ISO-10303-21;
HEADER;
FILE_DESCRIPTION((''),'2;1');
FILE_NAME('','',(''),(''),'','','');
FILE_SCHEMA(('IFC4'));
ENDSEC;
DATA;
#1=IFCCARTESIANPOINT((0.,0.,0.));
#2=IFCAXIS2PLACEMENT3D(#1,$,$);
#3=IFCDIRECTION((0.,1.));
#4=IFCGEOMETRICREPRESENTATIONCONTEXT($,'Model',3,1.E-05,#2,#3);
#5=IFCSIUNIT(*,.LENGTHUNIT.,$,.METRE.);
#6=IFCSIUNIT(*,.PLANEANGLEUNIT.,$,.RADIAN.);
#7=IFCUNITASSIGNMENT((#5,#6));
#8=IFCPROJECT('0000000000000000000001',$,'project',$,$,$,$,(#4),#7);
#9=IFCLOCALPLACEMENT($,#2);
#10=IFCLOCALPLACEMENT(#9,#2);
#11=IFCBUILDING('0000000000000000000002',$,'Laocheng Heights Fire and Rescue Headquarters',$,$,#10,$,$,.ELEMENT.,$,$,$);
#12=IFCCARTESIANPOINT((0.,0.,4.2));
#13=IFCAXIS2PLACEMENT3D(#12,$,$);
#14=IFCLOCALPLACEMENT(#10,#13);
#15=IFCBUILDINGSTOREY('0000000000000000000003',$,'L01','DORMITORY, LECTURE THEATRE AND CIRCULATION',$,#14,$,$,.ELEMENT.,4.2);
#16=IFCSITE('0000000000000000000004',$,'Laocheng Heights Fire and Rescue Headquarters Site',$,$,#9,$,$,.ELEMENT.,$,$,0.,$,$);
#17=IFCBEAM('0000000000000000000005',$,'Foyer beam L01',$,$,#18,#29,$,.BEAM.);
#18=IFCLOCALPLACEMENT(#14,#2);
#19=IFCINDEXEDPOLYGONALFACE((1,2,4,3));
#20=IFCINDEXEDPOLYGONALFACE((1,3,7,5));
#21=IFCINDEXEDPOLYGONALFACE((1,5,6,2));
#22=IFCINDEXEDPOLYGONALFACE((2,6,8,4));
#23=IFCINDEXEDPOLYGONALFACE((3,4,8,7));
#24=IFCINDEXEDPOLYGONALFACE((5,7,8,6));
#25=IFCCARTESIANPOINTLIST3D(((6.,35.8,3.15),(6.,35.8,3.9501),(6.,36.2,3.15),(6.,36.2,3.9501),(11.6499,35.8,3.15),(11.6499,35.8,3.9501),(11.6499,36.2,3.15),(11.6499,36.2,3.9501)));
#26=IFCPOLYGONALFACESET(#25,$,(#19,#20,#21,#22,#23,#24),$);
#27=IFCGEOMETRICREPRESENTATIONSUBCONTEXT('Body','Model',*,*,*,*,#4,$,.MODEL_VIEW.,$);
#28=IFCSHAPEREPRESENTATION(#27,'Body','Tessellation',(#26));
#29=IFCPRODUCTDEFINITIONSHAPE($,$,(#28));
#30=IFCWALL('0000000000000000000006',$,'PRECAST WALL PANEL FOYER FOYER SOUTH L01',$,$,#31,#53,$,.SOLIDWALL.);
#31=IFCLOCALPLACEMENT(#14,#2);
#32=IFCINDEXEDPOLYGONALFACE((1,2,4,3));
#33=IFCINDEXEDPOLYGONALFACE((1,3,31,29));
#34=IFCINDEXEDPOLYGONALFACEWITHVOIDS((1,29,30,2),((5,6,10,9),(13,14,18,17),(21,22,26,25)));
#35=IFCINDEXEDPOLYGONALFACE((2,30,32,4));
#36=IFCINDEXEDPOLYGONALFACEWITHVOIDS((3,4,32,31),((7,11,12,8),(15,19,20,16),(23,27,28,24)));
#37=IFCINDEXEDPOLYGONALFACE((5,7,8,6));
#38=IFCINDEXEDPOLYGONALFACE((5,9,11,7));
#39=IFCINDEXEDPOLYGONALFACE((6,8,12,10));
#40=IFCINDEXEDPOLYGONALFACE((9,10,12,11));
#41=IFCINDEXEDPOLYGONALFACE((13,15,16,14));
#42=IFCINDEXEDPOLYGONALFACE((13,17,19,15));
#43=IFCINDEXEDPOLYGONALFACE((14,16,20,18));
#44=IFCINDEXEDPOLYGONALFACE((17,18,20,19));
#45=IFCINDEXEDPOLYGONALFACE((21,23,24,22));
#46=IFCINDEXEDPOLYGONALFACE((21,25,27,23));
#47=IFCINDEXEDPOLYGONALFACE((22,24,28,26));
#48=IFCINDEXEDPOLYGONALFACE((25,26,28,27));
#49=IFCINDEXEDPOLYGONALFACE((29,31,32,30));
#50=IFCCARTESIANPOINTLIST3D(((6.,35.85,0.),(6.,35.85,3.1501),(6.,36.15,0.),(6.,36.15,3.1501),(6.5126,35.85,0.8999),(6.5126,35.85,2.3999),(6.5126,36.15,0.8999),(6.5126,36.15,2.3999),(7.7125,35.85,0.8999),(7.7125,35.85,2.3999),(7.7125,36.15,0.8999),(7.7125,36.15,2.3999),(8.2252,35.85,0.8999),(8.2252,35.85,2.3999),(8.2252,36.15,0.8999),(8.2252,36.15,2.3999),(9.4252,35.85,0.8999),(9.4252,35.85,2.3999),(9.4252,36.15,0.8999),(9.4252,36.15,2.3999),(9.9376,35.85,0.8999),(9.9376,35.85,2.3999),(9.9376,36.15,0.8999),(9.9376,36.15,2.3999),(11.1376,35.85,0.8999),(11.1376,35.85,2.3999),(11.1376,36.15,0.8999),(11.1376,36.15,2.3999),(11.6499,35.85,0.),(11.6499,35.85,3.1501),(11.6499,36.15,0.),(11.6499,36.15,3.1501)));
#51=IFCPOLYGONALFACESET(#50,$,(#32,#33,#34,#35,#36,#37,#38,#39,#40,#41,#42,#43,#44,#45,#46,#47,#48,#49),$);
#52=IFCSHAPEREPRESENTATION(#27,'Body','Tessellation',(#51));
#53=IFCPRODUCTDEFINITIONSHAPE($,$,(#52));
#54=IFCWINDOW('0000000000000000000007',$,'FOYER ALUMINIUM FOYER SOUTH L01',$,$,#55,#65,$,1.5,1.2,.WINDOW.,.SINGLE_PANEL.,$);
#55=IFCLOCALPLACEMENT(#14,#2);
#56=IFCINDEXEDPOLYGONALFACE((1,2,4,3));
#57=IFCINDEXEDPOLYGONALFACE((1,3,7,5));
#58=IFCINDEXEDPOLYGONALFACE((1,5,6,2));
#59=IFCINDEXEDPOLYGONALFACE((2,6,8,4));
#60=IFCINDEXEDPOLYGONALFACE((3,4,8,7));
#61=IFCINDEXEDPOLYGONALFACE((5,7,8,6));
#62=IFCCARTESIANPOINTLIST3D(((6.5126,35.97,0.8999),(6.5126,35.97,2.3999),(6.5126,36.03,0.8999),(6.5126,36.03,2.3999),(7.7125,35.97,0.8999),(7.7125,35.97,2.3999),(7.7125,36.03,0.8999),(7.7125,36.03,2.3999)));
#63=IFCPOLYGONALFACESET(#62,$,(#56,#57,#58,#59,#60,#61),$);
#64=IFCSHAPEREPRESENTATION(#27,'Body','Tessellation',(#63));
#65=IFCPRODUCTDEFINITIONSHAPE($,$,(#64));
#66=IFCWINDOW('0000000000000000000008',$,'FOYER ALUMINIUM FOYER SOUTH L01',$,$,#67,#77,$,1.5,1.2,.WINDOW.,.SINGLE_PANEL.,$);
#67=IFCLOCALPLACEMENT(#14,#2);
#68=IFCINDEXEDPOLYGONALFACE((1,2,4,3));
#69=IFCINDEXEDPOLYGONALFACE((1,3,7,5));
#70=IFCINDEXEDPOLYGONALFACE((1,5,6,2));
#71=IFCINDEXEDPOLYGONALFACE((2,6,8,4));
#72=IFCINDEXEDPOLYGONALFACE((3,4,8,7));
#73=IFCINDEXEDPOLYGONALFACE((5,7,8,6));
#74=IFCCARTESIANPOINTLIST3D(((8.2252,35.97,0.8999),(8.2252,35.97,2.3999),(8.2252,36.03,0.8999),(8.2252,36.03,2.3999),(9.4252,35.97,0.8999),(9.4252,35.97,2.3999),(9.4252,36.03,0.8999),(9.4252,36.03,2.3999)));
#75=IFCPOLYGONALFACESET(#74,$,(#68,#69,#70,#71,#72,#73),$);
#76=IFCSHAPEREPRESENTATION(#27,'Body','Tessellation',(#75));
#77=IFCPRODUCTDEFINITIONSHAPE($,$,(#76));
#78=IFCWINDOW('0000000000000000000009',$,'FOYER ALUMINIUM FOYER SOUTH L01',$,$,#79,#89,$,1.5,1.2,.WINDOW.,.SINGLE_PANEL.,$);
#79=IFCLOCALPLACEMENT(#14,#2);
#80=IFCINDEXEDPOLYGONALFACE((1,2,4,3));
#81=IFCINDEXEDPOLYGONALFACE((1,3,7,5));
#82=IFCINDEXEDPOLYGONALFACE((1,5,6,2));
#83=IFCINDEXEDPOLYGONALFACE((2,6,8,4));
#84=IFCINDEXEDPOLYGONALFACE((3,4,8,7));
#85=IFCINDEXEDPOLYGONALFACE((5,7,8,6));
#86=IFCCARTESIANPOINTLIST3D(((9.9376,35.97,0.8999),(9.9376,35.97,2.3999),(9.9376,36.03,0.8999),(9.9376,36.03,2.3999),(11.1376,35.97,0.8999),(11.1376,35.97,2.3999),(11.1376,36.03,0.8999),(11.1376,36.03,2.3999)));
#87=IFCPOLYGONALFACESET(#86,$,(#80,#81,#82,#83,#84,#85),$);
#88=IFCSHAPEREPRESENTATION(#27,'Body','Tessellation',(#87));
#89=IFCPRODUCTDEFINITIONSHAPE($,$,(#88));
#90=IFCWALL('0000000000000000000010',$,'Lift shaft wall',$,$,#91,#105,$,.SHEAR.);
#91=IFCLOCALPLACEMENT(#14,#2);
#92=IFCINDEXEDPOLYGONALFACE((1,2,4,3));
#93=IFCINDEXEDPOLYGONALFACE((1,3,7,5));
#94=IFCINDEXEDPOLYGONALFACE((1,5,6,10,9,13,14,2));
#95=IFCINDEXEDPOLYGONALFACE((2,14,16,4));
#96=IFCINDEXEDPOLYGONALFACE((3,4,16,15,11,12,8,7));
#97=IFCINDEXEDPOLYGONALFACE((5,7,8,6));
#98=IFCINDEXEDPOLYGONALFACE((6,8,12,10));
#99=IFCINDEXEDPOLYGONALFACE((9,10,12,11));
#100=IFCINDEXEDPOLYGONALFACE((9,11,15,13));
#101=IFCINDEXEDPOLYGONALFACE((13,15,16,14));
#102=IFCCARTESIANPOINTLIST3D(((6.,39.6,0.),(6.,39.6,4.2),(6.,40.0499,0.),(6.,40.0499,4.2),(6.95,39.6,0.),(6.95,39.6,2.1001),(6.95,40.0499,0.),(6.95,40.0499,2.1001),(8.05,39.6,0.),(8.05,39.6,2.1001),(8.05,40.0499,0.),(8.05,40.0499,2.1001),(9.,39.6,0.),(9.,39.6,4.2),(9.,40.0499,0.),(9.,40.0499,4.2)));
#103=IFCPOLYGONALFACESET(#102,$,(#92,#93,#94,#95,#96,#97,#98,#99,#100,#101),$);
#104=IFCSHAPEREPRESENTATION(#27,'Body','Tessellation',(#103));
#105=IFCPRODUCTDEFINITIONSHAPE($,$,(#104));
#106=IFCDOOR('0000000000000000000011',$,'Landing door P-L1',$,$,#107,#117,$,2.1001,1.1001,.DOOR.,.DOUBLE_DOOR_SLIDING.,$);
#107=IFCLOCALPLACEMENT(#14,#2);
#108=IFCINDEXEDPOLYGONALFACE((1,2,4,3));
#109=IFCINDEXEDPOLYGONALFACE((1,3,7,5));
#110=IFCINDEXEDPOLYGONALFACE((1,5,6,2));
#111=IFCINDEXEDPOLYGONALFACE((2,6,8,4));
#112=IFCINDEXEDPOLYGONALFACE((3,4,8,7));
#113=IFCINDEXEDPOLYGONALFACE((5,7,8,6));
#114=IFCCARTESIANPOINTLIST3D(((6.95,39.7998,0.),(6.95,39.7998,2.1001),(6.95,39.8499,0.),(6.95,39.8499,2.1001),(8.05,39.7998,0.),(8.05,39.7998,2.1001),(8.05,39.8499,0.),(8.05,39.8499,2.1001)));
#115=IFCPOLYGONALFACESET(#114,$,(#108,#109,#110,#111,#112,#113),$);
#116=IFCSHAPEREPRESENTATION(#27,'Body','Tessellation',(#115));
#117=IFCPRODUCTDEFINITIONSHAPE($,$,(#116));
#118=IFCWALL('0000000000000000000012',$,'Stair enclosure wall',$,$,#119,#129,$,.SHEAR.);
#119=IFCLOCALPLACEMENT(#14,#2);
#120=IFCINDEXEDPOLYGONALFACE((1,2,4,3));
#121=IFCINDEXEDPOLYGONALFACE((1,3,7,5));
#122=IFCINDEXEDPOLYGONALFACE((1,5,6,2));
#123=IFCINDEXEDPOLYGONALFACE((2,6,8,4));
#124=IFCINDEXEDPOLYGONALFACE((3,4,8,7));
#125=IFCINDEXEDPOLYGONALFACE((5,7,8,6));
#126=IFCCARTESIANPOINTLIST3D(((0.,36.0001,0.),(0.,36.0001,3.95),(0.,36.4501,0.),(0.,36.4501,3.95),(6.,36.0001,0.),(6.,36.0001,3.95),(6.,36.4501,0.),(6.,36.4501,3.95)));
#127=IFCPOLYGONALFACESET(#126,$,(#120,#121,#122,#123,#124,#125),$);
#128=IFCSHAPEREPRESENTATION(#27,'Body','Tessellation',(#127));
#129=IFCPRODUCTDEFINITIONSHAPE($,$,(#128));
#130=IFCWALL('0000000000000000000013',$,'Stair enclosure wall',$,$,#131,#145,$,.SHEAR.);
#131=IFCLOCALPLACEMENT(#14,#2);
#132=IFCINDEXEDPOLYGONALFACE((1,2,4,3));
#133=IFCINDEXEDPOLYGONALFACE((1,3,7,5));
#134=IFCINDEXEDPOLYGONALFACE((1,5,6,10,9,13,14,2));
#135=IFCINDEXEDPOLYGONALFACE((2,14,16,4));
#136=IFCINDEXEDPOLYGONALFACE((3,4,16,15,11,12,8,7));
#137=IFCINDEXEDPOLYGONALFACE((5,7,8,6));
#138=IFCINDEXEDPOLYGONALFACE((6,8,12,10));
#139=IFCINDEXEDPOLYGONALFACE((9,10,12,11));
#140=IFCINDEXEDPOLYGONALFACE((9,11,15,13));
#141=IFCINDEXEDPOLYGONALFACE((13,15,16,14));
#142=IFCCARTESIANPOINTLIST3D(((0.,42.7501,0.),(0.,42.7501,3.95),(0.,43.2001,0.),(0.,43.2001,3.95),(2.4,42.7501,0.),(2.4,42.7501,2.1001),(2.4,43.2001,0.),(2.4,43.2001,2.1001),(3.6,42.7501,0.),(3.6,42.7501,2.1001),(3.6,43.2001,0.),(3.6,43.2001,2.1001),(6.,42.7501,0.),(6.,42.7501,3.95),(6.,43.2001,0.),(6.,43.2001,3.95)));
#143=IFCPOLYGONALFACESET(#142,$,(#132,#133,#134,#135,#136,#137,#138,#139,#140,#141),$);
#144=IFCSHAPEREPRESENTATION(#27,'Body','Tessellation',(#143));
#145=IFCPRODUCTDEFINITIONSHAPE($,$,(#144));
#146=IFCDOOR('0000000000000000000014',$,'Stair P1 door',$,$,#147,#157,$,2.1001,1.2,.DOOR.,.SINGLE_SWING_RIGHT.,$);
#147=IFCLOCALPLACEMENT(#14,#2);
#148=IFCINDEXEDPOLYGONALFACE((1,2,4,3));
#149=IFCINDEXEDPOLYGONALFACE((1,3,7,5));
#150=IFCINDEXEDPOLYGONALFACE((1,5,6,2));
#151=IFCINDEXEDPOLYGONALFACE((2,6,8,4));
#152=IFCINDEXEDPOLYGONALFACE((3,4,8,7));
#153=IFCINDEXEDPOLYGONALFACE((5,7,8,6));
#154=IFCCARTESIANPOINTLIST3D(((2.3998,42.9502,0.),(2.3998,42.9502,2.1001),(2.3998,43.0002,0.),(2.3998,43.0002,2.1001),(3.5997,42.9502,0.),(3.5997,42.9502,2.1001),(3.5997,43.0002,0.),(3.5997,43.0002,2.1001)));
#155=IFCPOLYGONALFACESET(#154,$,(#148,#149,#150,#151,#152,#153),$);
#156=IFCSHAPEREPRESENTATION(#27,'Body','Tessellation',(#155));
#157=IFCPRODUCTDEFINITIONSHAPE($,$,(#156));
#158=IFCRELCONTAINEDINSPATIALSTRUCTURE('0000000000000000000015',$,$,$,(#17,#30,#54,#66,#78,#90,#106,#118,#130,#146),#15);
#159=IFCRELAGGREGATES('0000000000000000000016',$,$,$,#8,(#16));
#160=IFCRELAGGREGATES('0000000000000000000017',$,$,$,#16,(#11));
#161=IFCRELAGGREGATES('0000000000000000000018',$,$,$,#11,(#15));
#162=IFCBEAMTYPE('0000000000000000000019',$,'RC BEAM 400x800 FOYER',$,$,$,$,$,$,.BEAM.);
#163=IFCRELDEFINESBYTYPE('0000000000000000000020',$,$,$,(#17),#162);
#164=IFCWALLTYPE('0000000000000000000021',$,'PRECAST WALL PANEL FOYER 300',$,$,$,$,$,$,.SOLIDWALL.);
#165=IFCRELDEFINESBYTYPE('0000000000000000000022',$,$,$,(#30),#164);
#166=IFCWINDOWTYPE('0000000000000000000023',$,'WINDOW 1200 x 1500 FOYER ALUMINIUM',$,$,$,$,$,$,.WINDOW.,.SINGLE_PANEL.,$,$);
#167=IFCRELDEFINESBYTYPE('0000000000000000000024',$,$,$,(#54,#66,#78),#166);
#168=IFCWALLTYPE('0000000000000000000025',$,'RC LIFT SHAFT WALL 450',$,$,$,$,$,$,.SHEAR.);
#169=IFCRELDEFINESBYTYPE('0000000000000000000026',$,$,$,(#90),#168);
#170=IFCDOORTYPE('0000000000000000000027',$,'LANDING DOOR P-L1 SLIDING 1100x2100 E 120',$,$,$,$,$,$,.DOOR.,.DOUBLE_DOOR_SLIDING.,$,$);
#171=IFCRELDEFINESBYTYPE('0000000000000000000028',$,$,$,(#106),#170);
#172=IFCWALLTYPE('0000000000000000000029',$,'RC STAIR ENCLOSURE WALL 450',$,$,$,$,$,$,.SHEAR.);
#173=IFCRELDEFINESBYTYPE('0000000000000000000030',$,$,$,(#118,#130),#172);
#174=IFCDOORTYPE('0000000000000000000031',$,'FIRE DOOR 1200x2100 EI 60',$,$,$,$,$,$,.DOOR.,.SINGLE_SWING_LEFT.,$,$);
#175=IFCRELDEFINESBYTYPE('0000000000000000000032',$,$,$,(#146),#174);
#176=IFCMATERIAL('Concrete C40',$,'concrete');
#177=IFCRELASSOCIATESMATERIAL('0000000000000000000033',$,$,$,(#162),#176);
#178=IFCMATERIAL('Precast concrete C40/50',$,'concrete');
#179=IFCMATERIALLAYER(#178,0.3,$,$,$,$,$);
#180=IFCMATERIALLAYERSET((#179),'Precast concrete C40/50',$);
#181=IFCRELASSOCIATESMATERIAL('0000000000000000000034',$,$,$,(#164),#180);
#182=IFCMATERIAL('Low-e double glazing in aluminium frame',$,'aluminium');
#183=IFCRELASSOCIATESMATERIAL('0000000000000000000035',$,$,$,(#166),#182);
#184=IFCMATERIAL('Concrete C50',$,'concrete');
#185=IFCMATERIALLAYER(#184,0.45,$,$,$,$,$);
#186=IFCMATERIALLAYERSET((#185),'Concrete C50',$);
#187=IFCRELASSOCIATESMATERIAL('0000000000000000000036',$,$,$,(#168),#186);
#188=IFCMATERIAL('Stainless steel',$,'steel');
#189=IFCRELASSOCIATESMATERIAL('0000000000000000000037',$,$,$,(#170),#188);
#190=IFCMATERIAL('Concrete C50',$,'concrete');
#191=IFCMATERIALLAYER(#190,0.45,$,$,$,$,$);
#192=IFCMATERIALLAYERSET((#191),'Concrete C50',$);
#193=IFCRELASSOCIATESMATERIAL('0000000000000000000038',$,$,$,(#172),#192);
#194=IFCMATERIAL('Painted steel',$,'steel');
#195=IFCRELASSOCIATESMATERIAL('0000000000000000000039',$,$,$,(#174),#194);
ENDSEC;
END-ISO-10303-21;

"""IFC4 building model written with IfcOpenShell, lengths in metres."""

from ifc_helpers import new_model, si_unit, direction, frame, frame_2d, origin, origin_2d, place, context, subcontext, project, spatial, rectangle, extrude, material, layer, layer_set, material_profile, profile_set, type_object, element, fill, save


model = new_model("IFC4")

# Units and contexts
model_context = context("Model", 3, precision=1e-05, world=origin(), true_north=direction((0.0, 1.0)))
body_context = subcontext(model_context, "Body", "Model", "MODEL_VIEW")
ifc_project = project(units=[si_unit("LENGTHUNIT", "METRE"), si_unit("PLANEANGLEUNIT", "RADIAN")], contexts=[model_context])

# Site, building, storey
site_placement = place(None, origin())
site = spatial("IfcSite", under=ifc_project, at=site_placement, Name="Laocheng Heights Fire and Rescue Headquarters Site", CompositionType="ELEMENT", RefElevation=0.0)
building_placement = place(site_placement, origin())
building = spatial("IfcBuilding", under=site, at=building_placement, Name="Laocheng Heights Fire and Rescue Headquarters", CompositionType="ELEMENT")
storey_placement = place(building_placement, frame((0.0, 0.0, 4.2)))
storey = spatial("IfcBuildingStorey", under=building, at=storey_placement, Name="L01", Description="DORMITORY, LECTURE THEATRE AND CIRCULATION", CompositionType="ELEMENT", Elevation=4.2)

# Beam
ifc_material_1 = material(Name="Concrete C40", Category="concrete")
ifc_material_profile_1 = material_profile(ifc_material_1, rectangle(XDim=0.3999, YDim=0.8, at=origin_2d()), Name="RC BEAM 400x800 FOYER")
ifc_profile_set_1 = profile_set([ifc_material_profile_1], Name="Concrete C40")
beam_type = type_object("IfcBeamType", Name="RC BEAM 400x800 FOYER", PredefinedType="BEAM", material=ifc_profile_set_1)
beam_placement = place(storey_placement, frame((6.0, 36.0, 3.55), z_axis=(1.0, 0.0, 0.0), x_axis=(0.0, 1.0, 0.0)))
element("IfcBeam", 1, at=beam_placement, inside=storey, type_object=beam_type, Name="Foyer beam L01", PredefinedType="BEAM", context=body_context, shape_type="SweptSolid", body=[
    extrude(rectangle(XDim=0.3999, YDim=0.8, at=origin_2d()), origin(), (0.0, 0.0, 1.0), 5.6499),
])

# Wall, openings, windows
ifc_material_2 = material(Name="Precast concrete C40/50", Category="concrete")
ifc_layer_1 = layer(ifc_material_2, 0.3)
ifc_layer_set_1 = layer_set([ifc_layer_1], Name="Precast concrete C40/50")
wall_type_1 = type_object("IfcWallType", Name="PRECAST WALL PANEL FOYER 300", PredefinedType="SOLIDWALL", material=ifc_layer_set_1)
wall_1_placement = place(storey_placement, frame((6.0, 36.0, 0.0), z_axis=(0.0, 0.0, 1.0), x_axis=(1.0, 0.0, 0.0)))
wall_1 = element("IfcWall", 2, at=wall_1_placement, inside=storey, type_object=wall_type_1, Name="PRECAST WALL PANEL FOYER FOYER SOUTH L01", PredefinedType="SOLIDWALL", context=body_context, shape_type="SweptSolid", body=[
    extrude(rectangle(XDim=5.6499, YDim=0.3, at=frame_2d((2.825, 0.0))), origin(), (0.0, 0.0, 1.0), 3.1501),
])
opening_1_placement = place(wall_1_placement, frame((0.5125, 0.0, 0.8999)))
opening_1 = element("IfcOpeningElement", 3, at=opening_1_placement, cuts=wall_1, PredefinedType="OPENING", context=body_context, shape_type="SweptSolid", body=[
    extrude(rectangle(XDim=1.2, YDim=1.5, at=frame_2d((0.6001, 0.75))), frame((0.0, 0.1599, 0.0), z_axis=(0.0, -1.0, 0.0), x_axis=(1.0, 0.0, 0.0)), (0.0, 0.0, 1.0), 0.3201),
])
opening_2_placement = place(wall_1_placement, frame((2.2251, 0.0, 0.8999)))
opening_2 = element("IfcOpeningElement", 4, at=opening_2_placement, cuts=wall_1, PredefinedType="OPENING", context=body_context, shape_type="SweptSolid", body=[
    extrude(rectangle(XDim=1.2, YDim=1.5, at=frame_2d((0.6001, 0.75))), frame((0.0, 0.1599, 0.0), z_axis=(0.0, -1.0, 0.0), x_axis=(1.0, 0.0, 0.0)), (0.0, 0.0, 1.0), 0.3201),
])
opening_3_placement = place(wall_1_placement, frame((3.9375, 0.0, 0.8999)))
opening_3 = element("IfcOpeningElement", 5, at=opening_3_placement, cuts=wall_1, PredefinedType="OPENING", context=body_context, shape_type="SweptSolid", body=[
    extrude(rectangle(XDim=1.2, YDim=1.5, at=frame_2d((0.6001, 0.75))), frame((0.0, 0.1599, 0.0), z_axis=(0.0, -1.0, 0.0), x_axis=(1.0, 0.0, 0.0)), (0.0, 0.0, 1.0), 0.3201),
])
ifc_material_3 = material(Name="Low-e double glazing in aluminium frame", Category="aluminium")
window_type = type_object("IfcWindowType", Name="WINDOW 1200 x 1500 FOYER ALUMINIUM", PartitioningType="SINGLE_PANEL", PredefinedType="WINDOW", material=ifc_material_3)
window_1_placement = place(opening_1_placement, origin())
window_1 = element("IfcWindow", 6, at=window_1_placement, inside=storey, type_object=window_type, Name="FOYER ALUMINIUM FOYER SOUTH L01", OverallHeight=1.5, OverallWidth=1.2, PartitioningType="SINGLE_PANEL", PredefinedType="WINDOW", context=body_context, shape_type="SweptSolid", body=[
    extrude(rectangle(XDim=1.2, YDim=1.5, at=frame_2d((0.6001, 0.75))), frame((0.0, 0.03, 0.0), z_axis=(0.0, -1.0, 0.0), x_axis=(1.0, 0.0, 0.0)), (0.0, 0.0, 1.0), 0.0601),
])
fill(opening_1, window_1)
window_2_placement = place(opening_2_placement, origin())
window_2 = element("IfcWindow", 7, at=window_2_placement, inside=storey, type_object=window_type, Name="FOYER ALUMINIUM FOYER SOUTH L01", OverallHeight=1.5, OverallWidth=1.2, PartitioningType="SINGLE_PANEL", PredefinedType="WINDOW", context=body_context, shape_type="SweptSolid", body=[
    extrude(rectangle(XDim=1.2, YDim=1.5, at=frame_2d((0.6001, 0.75))), frame((0.0, 0.03, 0.0), z_axis=(0.0, -1.0, 0.0), x_axis=(1.0, 0.0, 0.0)), (0.0, 0.0, 1.0), 0.0601),
])
fill(opening_2, window_2)
window_3_placement = place(opening_3_placement, origin())
window_3 = element("IfcWindow", 8, at=window_3_placement, inside=storey, type_object=window_type, Name="FOYER ALUMINIUM FOYER SOUTH L01", OverallHeight=1.5, OverallWidth=1.2, PartitioningType="SINGLE_PANEL", PredefinedType="WINDOW", context=body_context, shape_type="SweptSolid", body=[
    extrude(rectangle(XDim=1.2, YDim=1.5, at=frame_2d((0.6001, 0.75))), frame((0.0, 0.03, 0.0), z_axis=(0.0, -1.0, 0.0), x_axis=(1.0, 0.0, 0.0)), (0.0, 0.0, 1.0), 0.0601),
])
fill(opening_3, window_3)

# Wall, opening, door
ifc_material_4 = material(Name="Concrete C50", Category="concrete")
ifc_layer_2 = layer(ifc_material_4, 0.45)
ifc_layer_set_2 = layer_set([ifc_layer_2], Name="Concrete C50")
wall_type_2 = type_object("IfcWallType", Name="RC LIFT SHAFT WALL 450", PredefinedType="SHEAR", material=ifc_layer_set_2)
wall_2_placement = place(storey_placement, frame((6.0, 39.825, 0.0), z_axis=(0.0, 0.0, 1.0), x_axis=(1.0, 0.0, 0.0)))
wall_2 = element("IfcWall", 9, at=wall_2_placement, inside=storey, type_object=wall_type_2, Name="Lift shaft wall", PredefinedType="SHEAR", context=body_context, shape_type="SweptSolid", body=[
    extrude(rectangle(XDim=3.0, YDim=0.45, at=frame_2d((1.5, 0.0))), origin(), (0.0, 0.0, 1.0), 4.2),
])
opening_4_placement = place(wall_2_placement, frame((0.95, 0.0, 0.0)))
opening_4 = element("IfcOpeningElement", 10, at=opening_4_placement, cuts=wall_2, PredefinedType="OPENING", context=body_context, shape_type="SweptSolid", body=[
    extrude(rectangle(XDim=1.1001, YDim=2.1001, at=frame_2d((0.55, 1.05))), frame((0.0, 0.2349, 0.0), z_axis=(0.0, -1.0, 0.0), x_axis=(1.0, 0.0, 0.0)), (0.0, 0.0, 1.0), 0.47),
])
ifc_material_5 = material(Name="Stainless steel", Category="steel")
door_type_1 = type_object("IfcDoorType", Name="LANDING DOOR P-L1 SLIDING 1100x2100 E 120", OperationType="DOUBLE_DOOR_SLIDING", PredefinedType="DOOR", material=ifc_material_5)
door_1_placement = place(opening_4_placement, origin())
door_1 = element("IfcDoor", 11, at=door_1_placement, inside=storey, type_object=door_type_1, Name="Landing door P-L1", OperationType="DOUBLE_DOOR_SLIDING", OverallHeight=2.1001, OverallWidth=1.1001, PredefinedType="DOOR", context=body_context, shape_type="SweptSolid", body=[
    extrude(rectangle(XDim=1.1001, YDim=2.1001, at=frame_2d((0.55, 1.05))), frame((0.0, 0.0249, 0.0), z_axis=(0.0, -1.0, 0.0), x_axis=(1.0, 0.0, 0.0)), (0.0, 0.0, 1.0), 0.05),
])
fill(opening_4, door_1)

# Wall
ifc_material_6 = material(Name="Concrete C50", Category="concrete")
ifc_layer_3 = layer(ifc_material_6, 0.45)
ifc_layer_set_3 = layer_set([ifc_layer_3], Name="Concrete C50")
wall_type_3 = type_object("IfcWallType", Name="RC STAIR ENCLOSURE WALL 450", PredefinedType="SHEAR", material=ifc_layer_set_3)
wall_3_placement = place(storey_placement, frame((0.0, 36.2251, 0.0), z_axis=(0.0, 0.0, 1.0), x_axis=(1.0, 0.0, 0.0)))
element("IfcWall", 12, at=wall_3_placement, inside=storey, type_object=wall_type_3, Name="Stair enclosure wall", PredefinedType="SHEAR", context=body_context, shape_type="SweptSolid", body=[
    extrude(rectangle(XDim=6.0, YDim=0.45, at=frame_2d((3.0, 0.0))), origin(), (0.0, 0.0, 1.0), 3.95),
])

# Wall, opening, door
wall_4_placement = place(storey_placement, frame((0.0, 42.9751, 0.0), z_axis=(0.0, 0.0, 1.0), x_axis=(1.0, 0.0, 0.0)))
wall_4 = element("IfcWall", 13, at=wall_4_placement, inside=storey, type_object=wall_type_3, Name="Stair enclosure wall", PredefinedType="SHEAR", context=body_context, shape_type="SweptSolid", body=[
    extrude(rectangle(XDim=6.0, YDim=0.45, at=frame_2d((3.0, 0.0))), origin(), (0.0, 0.0, 1.0), 3.95),
])
opening_5_placement = place(wall_4_placement, frame((2.3999, 0.0, 0.0)))
opening_5 = element("IfcOpeningElement", 14, at=opening_5_placement, cuts=wall_4, PredefinedType="OPENING", context=body_context, shape_type="SweptSolid", body=[
    extrude(rectangle(XDim=1.2, YDim=2.1001, at=frame_2d((0.6001, 1.05))), frame((0.0, 0.2349, 0.0), z_axis=(0.0, -1.0, 0.0), x_axis=(1.0, 0.0, 0.0)), (0.0, 0.0, 1.0), 0.47),
])
ifc_material_7 = material(Name="Painted steel", Category="steel")
door_type_2 = type_object("IfcDoorType", Name="FIRE DOOR 1200x2100 EI 60", OperationType="SINGLE_SWING_LEFT", PredefinedType="DOOR", material=ifc_material_7)
door_2_placement = place(opening_5_placement, frame((1.2, 0.0, 0.0), z_axis=(0.0, 0.0, 1.0), x_axis=(-1.0, 0.0, 0.0)))
door_2 = element("IfcDoor", 15, at=door_2_placement, inside=storey, type_object=door_type_2, Name="Stair P1 door", OperationType="SINGLE_SWING_RIGHT", OverallHeight=2.1001, OverallWidth=1.2, PredefinedType="DOOR", context=body_context, shape_type="SweptSolid", body=[
    extrude(rectangle(XDim=1.2, YDim=2.1001, at=frame_2d((0.6001, 1.05))), frame((0.0, 0.0249, 0.0), z_axis=(0.0, -1.0, 0.0), x_axis=(1.0, 0.0, 0.0)), (0.0, 0.0, 1.0), 0.05),
])
fill(opening_5, door_2)

save(model, "model.ifc")
